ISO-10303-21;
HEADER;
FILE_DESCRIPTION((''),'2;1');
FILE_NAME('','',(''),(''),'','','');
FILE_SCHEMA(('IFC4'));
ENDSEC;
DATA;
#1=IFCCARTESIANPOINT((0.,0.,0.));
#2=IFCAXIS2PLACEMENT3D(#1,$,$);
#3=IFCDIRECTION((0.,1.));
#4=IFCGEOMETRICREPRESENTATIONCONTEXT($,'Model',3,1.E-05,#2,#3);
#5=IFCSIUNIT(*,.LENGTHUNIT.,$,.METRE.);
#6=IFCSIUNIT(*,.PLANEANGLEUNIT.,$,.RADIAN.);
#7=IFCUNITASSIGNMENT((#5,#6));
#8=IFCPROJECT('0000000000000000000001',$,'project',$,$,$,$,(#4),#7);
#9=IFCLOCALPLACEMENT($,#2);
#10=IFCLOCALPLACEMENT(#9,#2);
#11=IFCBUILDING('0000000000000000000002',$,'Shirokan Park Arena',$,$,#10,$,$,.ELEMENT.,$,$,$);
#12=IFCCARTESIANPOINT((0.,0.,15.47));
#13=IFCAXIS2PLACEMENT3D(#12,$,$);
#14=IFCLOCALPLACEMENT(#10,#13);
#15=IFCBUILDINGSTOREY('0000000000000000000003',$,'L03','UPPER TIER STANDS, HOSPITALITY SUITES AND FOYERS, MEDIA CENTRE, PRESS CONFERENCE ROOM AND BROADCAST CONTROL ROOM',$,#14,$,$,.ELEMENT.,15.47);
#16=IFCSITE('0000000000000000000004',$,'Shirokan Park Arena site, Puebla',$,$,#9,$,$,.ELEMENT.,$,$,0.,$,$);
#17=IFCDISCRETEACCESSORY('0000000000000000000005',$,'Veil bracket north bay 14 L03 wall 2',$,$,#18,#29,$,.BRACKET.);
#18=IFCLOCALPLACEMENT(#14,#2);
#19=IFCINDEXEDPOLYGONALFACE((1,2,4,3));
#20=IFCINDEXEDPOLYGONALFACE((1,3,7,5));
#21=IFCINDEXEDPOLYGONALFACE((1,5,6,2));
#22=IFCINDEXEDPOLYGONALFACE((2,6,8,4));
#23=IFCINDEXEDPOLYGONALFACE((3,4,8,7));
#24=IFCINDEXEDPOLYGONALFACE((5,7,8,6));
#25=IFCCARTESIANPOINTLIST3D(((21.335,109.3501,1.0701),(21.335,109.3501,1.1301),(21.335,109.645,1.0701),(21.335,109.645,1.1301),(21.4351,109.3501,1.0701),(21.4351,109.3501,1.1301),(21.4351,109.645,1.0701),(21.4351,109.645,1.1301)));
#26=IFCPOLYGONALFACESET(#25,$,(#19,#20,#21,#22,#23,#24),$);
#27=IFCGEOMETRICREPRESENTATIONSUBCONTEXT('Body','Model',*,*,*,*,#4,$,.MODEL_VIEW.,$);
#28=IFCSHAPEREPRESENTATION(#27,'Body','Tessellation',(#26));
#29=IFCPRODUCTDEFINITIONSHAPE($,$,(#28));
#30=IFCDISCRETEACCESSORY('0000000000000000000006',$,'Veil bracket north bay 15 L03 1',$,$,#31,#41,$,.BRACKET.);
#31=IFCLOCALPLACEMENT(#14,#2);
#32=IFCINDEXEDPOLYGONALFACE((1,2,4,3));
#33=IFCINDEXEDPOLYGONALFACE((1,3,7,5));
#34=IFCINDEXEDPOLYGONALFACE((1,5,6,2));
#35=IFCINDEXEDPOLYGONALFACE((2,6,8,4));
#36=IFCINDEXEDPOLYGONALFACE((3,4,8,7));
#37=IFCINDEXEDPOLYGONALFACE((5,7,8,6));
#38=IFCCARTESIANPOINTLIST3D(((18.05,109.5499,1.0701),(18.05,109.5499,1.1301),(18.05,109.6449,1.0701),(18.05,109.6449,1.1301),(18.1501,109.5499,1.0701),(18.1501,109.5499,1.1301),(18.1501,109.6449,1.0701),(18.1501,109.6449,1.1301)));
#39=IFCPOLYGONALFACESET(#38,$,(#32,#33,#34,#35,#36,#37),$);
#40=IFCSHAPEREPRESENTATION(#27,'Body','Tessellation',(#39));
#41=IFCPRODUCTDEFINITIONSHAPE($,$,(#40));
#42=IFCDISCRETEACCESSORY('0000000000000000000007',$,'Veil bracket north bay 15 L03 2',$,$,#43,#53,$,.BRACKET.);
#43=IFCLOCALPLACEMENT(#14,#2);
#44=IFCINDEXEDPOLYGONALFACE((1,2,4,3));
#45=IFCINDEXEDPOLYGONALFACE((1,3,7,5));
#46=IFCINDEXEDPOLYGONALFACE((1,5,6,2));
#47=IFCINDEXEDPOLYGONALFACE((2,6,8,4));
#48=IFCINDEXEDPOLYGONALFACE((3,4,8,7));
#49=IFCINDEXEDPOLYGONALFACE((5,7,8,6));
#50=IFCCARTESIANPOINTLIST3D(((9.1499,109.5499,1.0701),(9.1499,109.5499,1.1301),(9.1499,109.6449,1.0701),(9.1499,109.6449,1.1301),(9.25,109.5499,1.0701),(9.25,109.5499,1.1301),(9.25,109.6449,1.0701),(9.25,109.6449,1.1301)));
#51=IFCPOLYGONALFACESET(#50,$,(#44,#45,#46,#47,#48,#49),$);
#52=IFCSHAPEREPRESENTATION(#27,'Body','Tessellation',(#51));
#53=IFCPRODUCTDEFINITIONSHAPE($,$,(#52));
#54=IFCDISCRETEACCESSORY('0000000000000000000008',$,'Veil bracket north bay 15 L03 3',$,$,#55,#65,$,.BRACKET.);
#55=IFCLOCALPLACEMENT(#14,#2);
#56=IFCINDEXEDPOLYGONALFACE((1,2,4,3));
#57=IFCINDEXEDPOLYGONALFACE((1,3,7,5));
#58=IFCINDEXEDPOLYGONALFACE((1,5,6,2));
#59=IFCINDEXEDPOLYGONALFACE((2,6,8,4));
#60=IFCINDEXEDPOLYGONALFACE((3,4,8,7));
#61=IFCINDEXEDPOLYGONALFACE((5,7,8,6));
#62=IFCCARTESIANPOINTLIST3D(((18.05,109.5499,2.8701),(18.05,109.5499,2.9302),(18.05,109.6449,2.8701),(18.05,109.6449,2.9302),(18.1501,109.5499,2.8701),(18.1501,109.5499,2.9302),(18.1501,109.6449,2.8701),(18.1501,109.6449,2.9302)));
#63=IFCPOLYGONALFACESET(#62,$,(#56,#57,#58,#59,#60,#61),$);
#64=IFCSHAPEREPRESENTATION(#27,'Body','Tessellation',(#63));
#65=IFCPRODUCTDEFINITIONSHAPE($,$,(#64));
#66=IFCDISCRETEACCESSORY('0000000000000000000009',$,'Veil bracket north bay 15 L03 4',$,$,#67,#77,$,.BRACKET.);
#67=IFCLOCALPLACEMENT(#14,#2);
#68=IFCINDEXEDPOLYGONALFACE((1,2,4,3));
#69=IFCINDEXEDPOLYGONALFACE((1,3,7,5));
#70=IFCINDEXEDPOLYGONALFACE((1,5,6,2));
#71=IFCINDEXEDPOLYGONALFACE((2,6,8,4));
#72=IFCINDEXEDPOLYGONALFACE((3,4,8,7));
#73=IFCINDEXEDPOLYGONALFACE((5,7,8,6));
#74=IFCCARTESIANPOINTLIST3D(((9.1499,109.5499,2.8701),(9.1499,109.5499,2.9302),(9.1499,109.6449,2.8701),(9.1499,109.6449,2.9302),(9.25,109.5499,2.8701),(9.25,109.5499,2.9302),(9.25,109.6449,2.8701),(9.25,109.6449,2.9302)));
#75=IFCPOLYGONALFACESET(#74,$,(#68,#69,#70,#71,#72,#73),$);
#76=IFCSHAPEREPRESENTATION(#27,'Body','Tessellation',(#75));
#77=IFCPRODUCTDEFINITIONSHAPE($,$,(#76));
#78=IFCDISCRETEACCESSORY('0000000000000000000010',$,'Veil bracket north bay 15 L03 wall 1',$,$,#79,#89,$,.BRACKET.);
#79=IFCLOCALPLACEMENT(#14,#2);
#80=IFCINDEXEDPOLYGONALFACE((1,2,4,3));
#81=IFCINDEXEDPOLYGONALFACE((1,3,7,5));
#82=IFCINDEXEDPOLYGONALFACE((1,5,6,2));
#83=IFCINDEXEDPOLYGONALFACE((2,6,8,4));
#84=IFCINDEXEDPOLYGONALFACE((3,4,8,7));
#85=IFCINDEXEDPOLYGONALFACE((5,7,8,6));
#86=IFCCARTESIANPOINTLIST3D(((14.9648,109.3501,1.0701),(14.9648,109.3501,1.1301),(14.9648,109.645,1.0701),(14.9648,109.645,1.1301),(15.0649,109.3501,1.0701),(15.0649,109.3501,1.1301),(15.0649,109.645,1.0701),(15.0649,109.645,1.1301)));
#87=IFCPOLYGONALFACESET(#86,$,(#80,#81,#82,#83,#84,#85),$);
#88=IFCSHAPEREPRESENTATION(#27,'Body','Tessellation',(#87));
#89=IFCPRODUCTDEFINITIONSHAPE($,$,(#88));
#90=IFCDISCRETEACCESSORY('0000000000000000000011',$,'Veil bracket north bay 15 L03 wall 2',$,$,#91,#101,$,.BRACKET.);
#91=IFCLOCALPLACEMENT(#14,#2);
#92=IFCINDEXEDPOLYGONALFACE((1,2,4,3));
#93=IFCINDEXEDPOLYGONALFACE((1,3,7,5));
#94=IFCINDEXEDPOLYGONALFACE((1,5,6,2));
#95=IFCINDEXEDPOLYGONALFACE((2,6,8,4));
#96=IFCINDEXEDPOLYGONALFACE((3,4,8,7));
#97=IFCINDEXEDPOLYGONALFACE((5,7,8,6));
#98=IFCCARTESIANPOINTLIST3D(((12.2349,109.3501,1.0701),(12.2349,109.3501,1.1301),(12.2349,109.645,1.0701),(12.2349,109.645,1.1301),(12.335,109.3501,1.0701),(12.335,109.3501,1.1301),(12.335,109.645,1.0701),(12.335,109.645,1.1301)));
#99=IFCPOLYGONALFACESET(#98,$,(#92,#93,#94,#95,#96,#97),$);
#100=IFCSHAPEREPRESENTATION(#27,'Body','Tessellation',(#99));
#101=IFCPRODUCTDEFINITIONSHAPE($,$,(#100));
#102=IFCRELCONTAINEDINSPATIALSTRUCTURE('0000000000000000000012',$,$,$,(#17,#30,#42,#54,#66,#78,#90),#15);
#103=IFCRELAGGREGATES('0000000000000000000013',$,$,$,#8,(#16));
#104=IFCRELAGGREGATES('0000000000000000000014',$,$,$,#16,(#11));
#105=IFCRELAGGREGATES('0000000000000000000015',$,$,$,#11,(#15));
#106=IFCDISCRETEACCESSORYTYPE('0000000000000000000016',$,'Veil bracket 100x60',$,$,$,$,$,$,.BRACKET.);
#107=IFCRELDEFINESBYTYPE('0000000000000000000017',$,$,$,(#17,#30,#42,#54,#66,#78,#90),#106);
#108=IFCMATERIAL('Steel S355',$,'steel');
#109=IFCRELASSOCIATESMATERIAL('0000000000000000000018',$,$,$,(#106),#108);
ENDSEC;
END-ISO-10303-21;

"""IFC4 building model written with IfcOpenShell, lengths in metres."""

from ifc_helpers import new_model, si_unit, direction, frame, origin, origin_2d, place, context, subcontext, project, spatial, rectangle, extrude, material, type_object, element, save


model = new_model("IFC4")

# Units and contexts
model_context = context("Model", 3, precision=1e-05, world=origin(), true_north=direction((0.0, 1.0)))
body_context = subcontext(model_context, "Body", "Model", "MODEL_VIEW")
ifc_project = project(units=[si_unit("LENGTHUNIT", "METRE"), si_unit("PLANEANGLEUNIT", "RADIAN")], contexts=[model_context])

# Site, building, storey
site_placement = place(None, origin())
site = spatial("IfcSite", under=ifc_project, at=site_placement, Name="Shirokan Park Arena site, Puebla", CompositionType="ELEMENT", RefElevation=0.0)
building_placement = place(site_placement, origin())
building = spatial("IfcBuilding", under=site, at=building_placement, Name="Shirokan Park Arena", CompositionType="ELEMENT")
storey_placement = place(building_placement, frame((0.0, 0.0, 15.47)))
storey = spatial("IfcBuildingStorey", under=building, at=storey_placement, Name="L03", Description="UPPER TIER STANDS, HOSPITALITY SUITES AND FOYERS, MEDIA CENTRE, PRESS CONFERENCE ROOM AND BROADCAST CONTROL ROOM", CompositionType="ELEMENT", Elevation=15.47)

# Discrete accessories
ifc_material_1 = material(Name="Steel S355", Category="steel")
discrete_accessory_type = type_object("IfcDiscreteAccessoryType", Name="Veil bracket 100x60", PredefinedType="BRACKET", material=ifc_material_1)
discrete_accessory_placement = place(storey_placement, frame((21.385, 109.4976, 1.0701), z_axis=(0.0, 0.0, 1.0), x_axis=(-1.0, 0.0, 0.0)))
element("IfcDiscreteAccessory", 1, at=discrete_accessory_placement, inside=storey, type_object=discrete_accessory_type, Name="Veil bracket north bay 14 L03 wall 2", PredefinedType="BRACKET", context=body_context, shape_type="SweptSolid", body=[
    extrude(rectangle(XDim=0.1001, YDim=0.2949, at=origin_2d()), origin(), (0.0, 0.0, 1.0), 0.0601),
])
for number, where, z_axis, x_axis, name in (
    (2, (18.1001, 109.5974, 1.0701), (0.0, 0.0, 1.0), (-1.0, 0.0, 0.0), "Veil bracket north bay 15 L03 1"),
    (3, (9.2, 109.5974, 1.0701), (0.0, 0.0, 1.0), (-1.0, 0.0, 0.0), "Veil bracket north bay 15 L03 2"),
    (4, (18.1001, 109.5974, 2.8701), (0.0, 0.0, 1.0), (-1.0, 0.0, 0.0), "Veil bracket north bay 15 L03 3"),
    (5, (9.2, 109.5974, 2.8701), (0.0, 0.0, 1.0), (-1.0, 0.0, 0.0), "Veil bracket north bay 15 L03 4"),
):
    element("IfcDiscreteAccessory", number, at=place(storey_placement, frame(where, z_axis=z_axis, x_axis=x_axis)), inside=storey, type_object=discrete_accessory_type, Name=name, PredefinedType="BRACKET", context=body_context, shape_type="SweptSolid", body=[
        extrude(rectangle(XDim=0.1001, YDim=0.095, at=origin_2d()), origin(), (0.0, 0.0, 1.0), 0.0601),
    ])
for number, where, z_axis, x_axis, name in (
    (6, (15.0149, 109.4976, 1.0701), (0.0, 0.0, 1.0), (-1.0, 0.0, 0.0), "Veil bracket north bay 15 L03 wall 1"),
    (7, (12.2849, 109.4976, 1.0701), (0.0, 0.0, 1.0), (-1.0, 0.0, 0.0), "Veil bracket north bay 15 L03 wall 2"),
):
    element("IfcDiscreteAccessory", number, at=place(storey_placement, frame(where, z_axis=z_axis, x_axis=x_axis)), inside=storey, type_object=discrete_accessory_type, Name=name, PredefinedType="BRACKET", context=body_context, shape_type="SweptSolid", body=[
        extrude(rectangle(XDim=0.1001, YDim=0.2949, at=origin_2d()), origin(), (0.0, 0.0, 1.0), 0.0601),
    ])

save(model, "model.ifc")
